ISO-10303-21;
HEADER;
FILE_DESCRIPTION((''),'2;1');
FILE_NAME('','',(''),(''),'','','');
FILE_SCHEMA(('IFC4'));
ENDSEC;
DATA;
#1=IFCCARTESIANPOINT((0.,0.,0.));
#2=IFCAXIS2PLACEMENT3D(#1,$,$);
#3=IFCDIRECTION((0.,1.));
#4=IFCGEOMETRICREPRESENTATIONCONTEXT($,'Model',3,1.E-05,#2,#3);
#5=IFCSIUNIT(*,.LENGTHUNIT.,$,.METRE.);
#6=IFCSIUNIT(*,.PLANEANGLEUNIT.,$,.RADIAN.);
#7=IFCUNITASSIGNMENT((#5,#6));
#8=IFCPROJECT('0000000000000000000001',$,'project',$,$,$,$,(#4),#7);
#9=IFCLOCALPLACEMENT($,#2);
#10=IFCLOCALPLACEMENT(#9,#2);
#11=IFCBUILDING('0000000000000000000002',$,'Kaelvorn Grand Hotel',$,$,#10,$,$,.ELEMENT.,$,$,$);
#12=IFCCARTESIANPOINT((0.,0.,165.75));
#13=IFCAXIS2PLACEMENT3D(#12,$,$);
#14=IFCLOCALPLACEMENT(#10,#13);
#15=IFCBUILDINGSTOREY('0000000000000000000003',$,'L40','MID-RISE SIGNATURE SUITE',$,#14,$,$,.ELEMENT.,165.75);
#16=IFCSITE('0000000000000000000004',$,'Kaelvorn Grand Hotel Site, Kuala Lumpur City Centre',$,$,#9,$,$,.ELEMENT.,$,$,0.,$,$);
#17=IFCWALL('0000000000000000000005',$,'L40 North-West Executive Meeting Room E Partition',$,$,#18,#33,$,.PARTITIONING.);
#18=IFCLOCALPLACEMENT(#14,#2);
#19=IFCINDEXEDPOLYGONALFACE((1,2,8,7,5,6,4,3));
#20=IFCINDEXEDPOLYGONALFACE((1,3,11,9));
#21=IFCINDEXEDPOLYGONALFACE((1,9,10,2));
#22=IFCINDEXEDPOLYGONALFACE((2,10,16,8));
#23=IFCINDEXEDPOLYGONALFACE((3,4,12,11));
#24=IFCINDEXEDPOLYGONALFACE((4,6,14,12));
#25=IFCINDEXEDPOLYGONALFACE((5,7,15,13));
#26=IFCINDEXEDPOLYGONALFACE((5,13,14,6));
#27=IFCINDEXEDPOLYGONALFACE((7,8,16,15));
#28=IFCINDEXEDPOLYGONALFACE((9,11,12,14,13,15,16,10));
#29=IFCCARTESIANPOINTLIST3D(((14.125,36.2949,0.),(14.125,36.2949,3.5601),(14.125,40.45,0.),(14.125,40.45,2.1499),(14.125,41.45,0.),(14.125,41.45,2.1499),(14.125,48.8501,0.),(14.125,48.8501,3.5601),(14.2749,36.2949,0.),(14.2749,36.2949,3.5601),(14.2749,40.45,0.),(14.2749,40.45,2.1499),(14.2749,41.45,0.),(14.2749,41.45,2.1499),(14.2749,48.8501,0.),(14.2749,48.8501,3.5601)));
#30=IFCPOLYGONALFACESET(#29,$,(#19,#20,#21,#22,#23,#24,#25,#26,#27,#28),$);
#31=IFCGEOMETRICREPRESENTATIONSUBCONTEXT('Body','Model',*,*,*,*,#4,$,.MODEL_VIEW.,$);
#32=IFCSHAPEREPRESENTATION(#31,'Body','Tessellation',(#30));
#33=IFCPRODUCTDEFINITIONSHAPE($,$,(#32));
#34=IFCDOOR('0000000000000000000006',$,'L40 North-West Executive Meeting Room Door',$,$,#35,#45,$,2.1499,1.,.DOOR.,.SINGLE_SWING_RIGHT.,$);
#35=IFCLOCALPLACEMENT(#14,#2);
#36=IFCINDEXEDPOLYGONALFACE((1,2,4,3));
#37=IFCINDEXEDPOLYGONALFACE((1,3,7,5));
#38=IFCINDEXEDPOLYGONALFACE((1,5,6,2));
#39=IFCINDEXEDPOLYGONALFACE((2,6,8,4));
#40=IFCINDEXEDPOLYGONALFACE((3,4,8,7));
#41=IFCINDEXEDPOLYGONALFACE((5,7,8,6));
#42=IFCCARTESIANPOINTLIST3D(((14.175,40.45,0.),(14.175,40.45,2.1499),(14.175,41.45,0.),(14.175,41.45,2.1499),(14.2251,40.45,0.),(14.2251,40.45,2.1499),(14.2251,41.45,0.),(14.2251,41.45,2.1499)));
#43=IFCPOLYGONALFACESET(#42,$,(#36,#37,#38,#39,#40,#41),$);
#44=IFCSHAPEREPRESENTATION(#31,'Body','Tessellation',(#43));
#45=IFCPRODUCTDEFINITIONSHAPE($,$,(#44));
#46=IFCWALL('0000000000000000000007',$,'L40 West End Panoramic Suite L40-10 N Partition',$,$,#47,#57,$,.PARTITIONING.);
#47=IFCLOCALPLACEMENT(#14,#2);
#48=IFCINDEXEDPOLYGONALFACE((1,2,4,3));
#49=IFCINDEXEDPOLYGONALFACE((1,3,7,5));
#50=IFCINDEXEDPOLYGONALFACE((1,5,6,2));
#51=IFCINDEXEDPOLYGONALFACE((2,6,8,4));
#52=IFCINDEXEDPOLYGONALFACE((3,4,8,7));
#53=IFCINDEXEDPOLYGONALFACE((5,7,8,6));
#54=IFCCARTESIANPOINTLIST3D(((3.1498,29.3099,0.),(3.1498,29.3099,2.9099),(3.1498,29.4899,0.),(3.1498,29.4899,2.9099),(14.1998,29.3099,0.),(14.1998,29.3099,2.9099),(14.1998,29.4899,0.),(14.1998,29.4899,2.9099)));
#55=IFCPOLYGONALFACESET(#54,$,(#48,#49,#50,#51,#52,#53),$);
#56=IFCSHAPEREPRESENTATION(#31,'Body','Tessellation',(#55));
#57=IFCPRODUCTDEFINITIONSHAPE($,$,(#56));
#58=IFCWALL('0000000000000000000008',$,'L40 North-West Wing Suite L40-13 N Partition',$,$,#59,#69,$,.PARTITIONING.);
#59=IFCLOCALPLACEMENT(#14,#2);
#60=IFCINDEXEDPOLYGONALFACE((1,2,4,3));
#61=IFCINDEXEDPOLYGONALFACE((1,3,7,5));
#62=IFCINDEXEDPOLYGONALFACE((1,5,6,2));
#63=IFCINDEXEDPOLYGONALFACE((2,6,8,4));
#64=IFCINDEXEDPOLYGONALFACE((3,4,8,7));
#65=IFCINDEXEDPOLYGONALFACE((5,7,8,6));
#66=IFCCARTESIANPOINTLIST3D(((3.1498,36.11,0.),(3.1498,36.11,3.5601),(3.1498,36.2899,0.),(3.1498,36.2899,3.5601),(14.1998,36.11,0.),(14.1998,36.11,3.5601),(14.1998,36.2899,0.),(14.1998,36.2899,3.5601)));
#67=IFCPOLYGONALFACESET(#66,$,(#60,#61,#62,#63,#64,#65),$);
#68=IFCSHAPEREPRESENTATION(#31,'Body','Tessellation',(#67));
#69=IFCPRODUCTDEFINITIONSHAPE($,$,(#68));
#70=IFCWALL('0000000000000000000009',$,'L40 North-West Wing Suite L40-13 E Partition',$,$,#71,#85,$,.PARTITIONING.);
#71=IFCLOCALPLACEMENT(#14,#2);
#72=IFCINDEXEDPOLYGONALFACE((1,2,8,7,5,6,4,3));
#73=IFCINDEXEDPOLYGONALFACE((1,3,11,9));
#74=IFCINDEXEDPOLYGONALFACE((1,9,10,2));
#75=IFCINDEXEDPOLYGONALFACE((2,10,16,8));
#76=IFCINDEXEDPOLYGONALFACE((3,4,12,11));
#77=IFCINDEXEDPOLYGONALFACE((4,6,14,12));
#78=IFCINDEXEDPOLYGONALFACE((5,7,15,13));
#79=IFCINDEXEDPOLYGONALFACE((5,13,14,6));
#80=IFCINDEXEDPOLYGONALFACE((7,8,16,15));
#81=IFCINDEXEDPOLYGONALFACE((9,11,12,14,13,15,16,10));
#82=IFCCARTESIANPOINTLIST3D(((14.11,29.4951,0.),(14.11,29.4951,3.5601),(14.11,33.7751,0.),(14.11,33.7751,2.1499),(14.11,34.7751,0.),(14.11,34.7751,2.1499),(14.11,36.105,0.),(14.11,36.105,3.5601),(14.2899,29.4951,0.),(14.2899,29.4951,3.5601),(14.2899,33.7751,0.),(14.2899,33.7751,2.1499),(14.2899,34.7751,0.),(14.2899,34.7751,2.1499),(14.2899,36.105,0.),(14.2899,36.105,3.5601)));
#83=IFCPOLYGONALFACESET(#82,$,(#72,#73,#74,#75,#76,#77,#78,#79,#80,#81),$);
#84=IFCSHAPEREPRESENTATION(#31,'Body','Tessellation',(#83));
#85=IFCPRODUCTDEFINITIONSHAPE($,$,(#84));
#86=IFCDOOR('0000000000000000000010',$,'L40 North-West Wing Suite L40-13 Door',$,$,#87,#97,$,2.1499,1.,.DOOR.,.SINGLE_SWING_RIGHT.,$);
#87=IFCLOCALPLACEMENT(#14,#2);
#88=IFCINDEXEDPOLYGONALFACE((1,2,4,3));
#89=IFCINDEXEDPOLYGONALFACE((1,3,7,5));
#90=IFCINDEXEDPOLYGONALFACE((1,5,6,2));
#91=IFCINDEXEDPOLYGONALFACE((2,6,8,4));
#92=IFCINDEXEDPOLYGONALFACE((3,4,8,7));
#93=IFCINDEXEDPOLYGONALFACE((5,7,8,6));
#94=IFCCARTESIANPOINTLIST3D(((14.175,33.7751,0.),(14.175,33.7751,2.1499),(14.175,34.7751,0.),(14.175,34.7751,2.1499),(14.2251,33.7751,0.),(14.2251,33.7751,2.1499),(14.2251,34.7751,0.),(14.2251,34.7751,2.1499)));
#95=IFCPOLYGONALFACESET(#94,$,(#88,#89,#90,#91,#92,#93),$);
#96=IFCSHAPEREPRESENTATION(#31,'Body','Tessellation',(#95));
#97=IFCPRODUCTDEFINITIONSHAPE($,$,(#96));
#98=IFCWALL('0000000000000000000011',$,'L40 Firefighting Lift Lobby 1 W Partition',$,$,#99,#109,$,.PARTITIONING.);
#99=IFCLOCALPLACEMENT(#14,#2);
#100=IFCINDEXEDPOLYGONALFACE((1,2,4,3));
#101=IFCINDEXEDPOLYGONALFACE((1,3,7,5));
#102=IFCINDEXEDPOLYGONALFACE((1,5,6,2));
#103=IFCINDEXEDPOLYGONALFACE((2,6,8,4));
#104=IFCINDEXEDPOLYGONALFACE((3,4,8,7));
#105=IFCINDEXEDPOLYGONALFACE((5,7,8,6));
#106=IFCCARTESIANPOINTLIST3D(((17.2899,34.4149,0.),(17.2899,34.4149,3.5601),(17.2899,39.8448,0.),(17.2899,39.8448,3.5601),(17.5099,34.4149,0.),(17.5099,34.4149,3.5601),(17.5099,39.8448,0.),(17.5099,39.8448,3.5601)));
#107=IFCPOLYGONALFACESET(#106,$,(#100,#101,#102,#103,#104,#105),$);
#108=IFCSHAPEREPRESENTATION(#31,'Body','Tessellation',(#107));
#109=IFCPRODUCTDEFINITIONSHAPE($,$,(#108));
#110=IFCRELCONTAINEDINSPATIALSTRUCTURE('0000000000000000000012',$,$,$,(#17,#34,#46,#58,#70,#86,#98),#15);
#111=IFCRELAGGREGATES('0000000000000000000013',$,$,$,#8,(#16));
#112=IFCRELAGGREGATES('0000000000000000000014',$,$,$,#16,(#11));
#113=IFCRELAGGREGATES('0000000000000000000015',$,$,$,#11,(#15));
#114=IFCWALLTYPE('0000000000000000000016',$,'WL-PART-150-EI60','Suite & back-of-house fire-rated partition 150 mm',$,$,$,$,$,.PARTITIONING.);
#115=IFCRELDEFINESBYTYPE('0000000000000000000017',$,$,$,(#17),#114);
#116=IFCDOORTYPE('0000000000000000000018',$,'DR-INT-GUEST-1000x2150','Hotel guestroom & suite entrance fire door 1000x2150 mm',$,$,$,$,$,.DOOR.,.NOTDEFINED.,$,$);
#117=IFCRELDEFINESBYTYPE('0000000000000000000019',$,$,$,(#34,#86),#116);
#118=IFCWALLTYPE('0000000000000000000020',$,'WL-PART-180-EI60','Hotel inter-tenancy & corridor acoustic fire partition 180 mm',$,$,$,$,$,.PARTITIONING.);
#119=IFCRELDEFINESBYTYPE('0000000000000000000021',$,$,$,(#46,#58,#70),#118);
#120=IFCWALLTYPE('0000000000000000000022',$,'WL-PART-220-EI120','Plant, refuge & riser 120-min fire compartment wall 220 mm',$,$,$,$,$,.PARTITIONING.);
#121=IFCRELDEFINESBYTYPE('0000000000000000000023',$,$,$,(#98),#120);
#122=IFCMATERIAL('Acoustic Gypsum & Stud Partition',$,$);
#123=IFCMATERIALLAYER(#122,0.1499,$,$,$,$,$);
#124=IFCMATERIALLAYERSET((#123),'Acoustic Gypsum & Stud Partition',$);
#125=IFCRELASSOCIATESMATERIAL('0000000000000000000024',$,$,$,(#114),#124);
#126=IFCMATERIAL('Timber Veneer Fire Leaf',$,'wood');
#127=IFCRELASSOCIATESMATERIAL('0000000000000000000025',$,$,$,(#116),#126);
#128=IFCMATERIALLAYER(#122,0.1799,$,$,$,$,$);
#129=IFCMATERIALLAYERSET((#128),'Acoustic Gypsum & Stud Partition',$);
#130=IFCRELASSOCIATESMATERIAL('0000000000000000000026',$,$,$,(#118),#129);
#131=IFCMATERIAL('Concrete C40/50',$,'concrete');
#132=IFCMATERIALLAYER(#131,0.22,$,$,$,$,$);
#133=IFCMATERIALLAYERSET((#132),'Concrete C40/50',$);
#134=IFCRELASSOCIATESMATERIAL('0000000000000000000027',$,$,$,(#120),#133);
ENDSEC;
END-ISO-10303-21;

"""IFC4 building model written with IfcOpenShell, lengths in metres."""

from ifc_helpers import new_model, si_unit, direction, frame, frame_2d, origin, place, context, subcontext, project, spatial, rectangle, extrude, material, layer, layer_set, type_object, element, fill, save


model = new_model("IFC4")

# Units and contexts
model_context = context("Model", 3, precision=1e-05, world=origin(), true_north=direction((0.0, 1.0)))
body_context = subcontext(model_context, "Body", "Model", "MODEL_VIEW")
ifc_project = project(units=[si_unit("LENGTHUNIT", "METRE"), si_unit("PLANEANGLEUNIT", "RADIAN")], contexts=[model_context])

# Site, building, storey
site_placement = place(None, origin())
site = spatial("IfcSite", under=ifc_project, at=site_placement, Name="Kaelvorn Grand Hotel Site, Kuala Lumpur City Centre", CompositionType="ELEMENT", RefElevation=0.0)
building_placement = place(site_placement, origin())
building = spatial("IfcBuilding", under=site, at=building_placement, Name="Kaelvorn Grand Hotel", CompositionType="ELEMENT")
storey_placement = place(building_placement, frame((0.0, 0.0, 165.75)))
storey = spatial("IfcBuildingStorey", under=building, at=storey_placement, Name="L40", Description="MID-RISE SIGNATURE SUITE", CompositionType="ELEMENT", Elevation=165.75)

# Wall, opening, door
ifc_material_1 = material(Name="Acoustic Gypsum & Stud Partition")
ifc_layer_1 = layer(ifc_material_1, 0.1499)
ifc_layer_set_1 = layer_set([ifc_layer_1], Name="Acoustic Gypsum & Stud Partition")
wall_type_1 = type_object("IfcWallType", Name="WL-PART-150-EI60", Description="Suite & back-of-house fire-rated partition 150 mm", PredefinedType="PARTITIONING", material=ifc_layer_set_1)
wall_1_placement = place(storey_placement, frame((14.2, 36.2949, 0.0), z_axis=(0.0, 0.0, 1.0), x_axis=(0.0, 1.0, 0.0)))
wall_1 = element("IfcWall", 1, at=wall_1_placement, inside=storey, type_object=wall_type_1, Name="L40 North-West Executive Meeting Room E Partition", PredefinedType="PARTITIONING", context=body_context, shape_type="SweptSolid", body=[
    extrude(rectangle(XDim=12.5552, YDim=0.1499, at=frame_2d((6.2776, 0.0))), origin(), (0.0, 0.0, 1.0), 3.5601),
])
opening_1_placement = place(wall_1_placement, frame((4.155, 0.0, 0.0)))
opening_1 = element("IfcOpeningElement", 2, at=opening_1_placement, cuts=wall_1, PredefinedType="OPENING", context=body_context, shape_type="SweptSolid", body=[
    extrude(rectangle(XDim=1.0, YDim=2.1499, at=frame_2d((0.5, 1.075))), frame((0.0, 0.085, 0.0), z_axis=(0.0, -1.0, 0.0), x_axis=(1.0, 0.0, 0.0)), (0.0, 0.0, 1.0), 0.1699),
])
ifc_material_2 = material(Name="Timber Veneer Fire Leaf", Category="wood")
door_type_1 = type_object("IfcDoorType", Name="DR-INT-GUEST-1000x2150", Description="Hotel guestroom & suite entrance fire door 1000x2150 mm", OperationType="NOTDEFINED", PredefinedType="DOOR", material=ifc_material_2)
door_1_placement = place(opening_1_placement, origin())
door_1 = element("IfcDoor", 3, at=door_1_placement, inside=storey, type_object=door_type_1, Name="L40 North-West Executive Meeting Room Door", OperationType="SINGLE_SWING_RIGHT", OverallHeight=2.1499, OverallWidth=1.0, PredefinedType="DOOR", context=body_context, shape_type="SweptSolid", body=[
    extrude(rectangle(XDim=1.0, YDim=2.1499, at=frame_2d((0.5, 1.075))), frame((0.0, 0.0249, 0.0), z_axis=(0.0, -1.0, 0.0), x_axis=(1.0, 0.0, 0.0)), (0.0, 0.0, 1.0), 0.05),
])
fill(opening_1, door_1)

# Walls
ifc_layer_2 = layer(ifc_material_1, 0.1799)
ifc_layer_set_2 = layer_set([ifc_layer_2], Name="Acoustic Gypsum & Stud Partition")
wall_type_2 = type_object("IfcWallType", Name="WL-PART-180-EI60", Description="Hotel inter-tenancy & corridor acoustic fire partition 180 mm", PredefinedType="PARTITIONING", material=ifc_layer_set_2)
wall_2_placement = place(storey_placement, frame((3.1499, 29.3999, 0.0), z_axis=(0.0, 0.0, 1.0), x_axis=(1.0, 0.0, 0.0)))
element("IfcWall", 4, at=wall_2_placement, inside=storey, type_object=wall_type_2, Name="L40 West End Panoramic Suite L40-10 N Partition", PredefinedType="PARTITIONING", context=body_context, shape_type="SweptSolid", body=[
    extrude(rectangle(XDim=11.05, YDim=0.1799, at=frame_2d((5.5249, 0.0))), origin(), (0.0, 0.0, 1.0), 2.9099),
])
wall_3_placement = place(storey_placement, frame((3.1499, 36.2, 0.0), z_axis=(0.0, 0.0, 1.0), x_axis=(1.0, 0.0, 0.0)))
element("IfcWall", 5, at=wall_3_placement, inside=storey, type_object=wall_type_2, Name="L40 North-West Wing Suite L40-13 N Partition", PredefinedType="PARTITIONING", context=body_context, shape_type="SweptSolid", body=[
    extrude(rectangle(XDim=11.05, YDim=0.1799, at=frame_2d((5.5249, 0.0))), origin(), (0.0, 0.0, 1.0), 3.5601),
])

# Wall, opening, door
wall_4_placement = place(storey_placement, frame((14.2, 29.4951, 0.0), z_axis=(0.0, 0.0, 1.0), x_axis=(0.0, 1.0, 0.0)))
wall_4 = element("IfcWall", 6, at=wall_4_placement, inside=storey, type_object=wall_type_2, Name="L40 North-West Wing Suite L40-13 E Partition", PredefinedType="PARTITIONING", context=body_context, shape_type="SweptSolid", body=[
    extrude(rectangle(XDim=6.6099, YDim=0.1799, at=frame_2d((3.3049, 0.0))), origin(), (0.0, 0.0, 1.0), 3.5601),
])
opening_2_placement = place(wall_4_placement, frame((4.28, 0.0, 0.0)))
opening_2 = element("IfcOpeningElement", 7, at=opening_2_placement, cuts=wall_4, PredefinedType="OPENING", context=body_context, shape_type="SweptSolid", body=[
    extrude(rectangle(XDim=1.0, YDim=2.1499, at=frame_2d((0.5, 1.075))), frame((0.0, 0.1001, 0.0), z_axis=(0.0, -1.0, 0.0), x_axis=(1.0, 0.0, 0.0)), (0.0, 0.0, 1.0), 0.2),
])
door_2_placement = place(opening_2_placement, origin())
door_2 = element("IfcDoor", 8, at=door_2_placement, inside=storey, type_object=door_type_1, Name="L40 North-West Wing Suite L40-13 Door", OperationType="SINGLE_SWING_RIGHT", OverallHeight=2.1499, OverallWidth=1.0, PredefinedType="DOOR", context=body_context, shape_type="SweptSolid", body=[
    extrude(rectangle(XDim=1.0, YDim=2.1499, at=frame_2d((0.5, 1.075))), frame((0.0, 0.0249, 0.0), z_axis=(0.0, -1.0, 0.0), x_axis=(1.0, 0.0, 0.0)), (0.0, 0.0, 1.0), 0.05),
])
fill(opening_2, door_2)
ifc_material_3 = material(Name="Concrete C40/50", Category="concrete")
ifc_layer_3 = layer(ifc_material_3, 0.22)
ifc_layer_set_3 = layer_set([ifc_layer_3], Name="Concrete C40/50")
wall_type_3 = type_object("IfcWallType", Name="WL-PART-220-EI120", Description="Plant, refuge & riser 120-min fire compartment wall 220 mm", PredefinedType="PARTITIONING", material=ifc_layer_set_3)

# Wall
wall_5_placement = place(storey_placement, frame((17.3999, 34.415, 0.0), z_axis=(0.0, 0.0, 1.0), x_axis=(0.0, 1.0, 0.0)))
element("IfcWall", 9, at=wall_5_placement, inside=storey, type_object=wall_type_3, Name="L40 Firefighting Lift Lobby 1 W Partition", PredefinedType="PARTITIONING", context=body_context, shape_type="SweptSolid", body=[
    extrude(rectangle(XDim=5.4299, YDim=0.22, at=frame_2d((2.7148, 0.0))), origin(), (0.0, 0.0, 1.0), 3.5601),
])

save(model, "model.ifc")
